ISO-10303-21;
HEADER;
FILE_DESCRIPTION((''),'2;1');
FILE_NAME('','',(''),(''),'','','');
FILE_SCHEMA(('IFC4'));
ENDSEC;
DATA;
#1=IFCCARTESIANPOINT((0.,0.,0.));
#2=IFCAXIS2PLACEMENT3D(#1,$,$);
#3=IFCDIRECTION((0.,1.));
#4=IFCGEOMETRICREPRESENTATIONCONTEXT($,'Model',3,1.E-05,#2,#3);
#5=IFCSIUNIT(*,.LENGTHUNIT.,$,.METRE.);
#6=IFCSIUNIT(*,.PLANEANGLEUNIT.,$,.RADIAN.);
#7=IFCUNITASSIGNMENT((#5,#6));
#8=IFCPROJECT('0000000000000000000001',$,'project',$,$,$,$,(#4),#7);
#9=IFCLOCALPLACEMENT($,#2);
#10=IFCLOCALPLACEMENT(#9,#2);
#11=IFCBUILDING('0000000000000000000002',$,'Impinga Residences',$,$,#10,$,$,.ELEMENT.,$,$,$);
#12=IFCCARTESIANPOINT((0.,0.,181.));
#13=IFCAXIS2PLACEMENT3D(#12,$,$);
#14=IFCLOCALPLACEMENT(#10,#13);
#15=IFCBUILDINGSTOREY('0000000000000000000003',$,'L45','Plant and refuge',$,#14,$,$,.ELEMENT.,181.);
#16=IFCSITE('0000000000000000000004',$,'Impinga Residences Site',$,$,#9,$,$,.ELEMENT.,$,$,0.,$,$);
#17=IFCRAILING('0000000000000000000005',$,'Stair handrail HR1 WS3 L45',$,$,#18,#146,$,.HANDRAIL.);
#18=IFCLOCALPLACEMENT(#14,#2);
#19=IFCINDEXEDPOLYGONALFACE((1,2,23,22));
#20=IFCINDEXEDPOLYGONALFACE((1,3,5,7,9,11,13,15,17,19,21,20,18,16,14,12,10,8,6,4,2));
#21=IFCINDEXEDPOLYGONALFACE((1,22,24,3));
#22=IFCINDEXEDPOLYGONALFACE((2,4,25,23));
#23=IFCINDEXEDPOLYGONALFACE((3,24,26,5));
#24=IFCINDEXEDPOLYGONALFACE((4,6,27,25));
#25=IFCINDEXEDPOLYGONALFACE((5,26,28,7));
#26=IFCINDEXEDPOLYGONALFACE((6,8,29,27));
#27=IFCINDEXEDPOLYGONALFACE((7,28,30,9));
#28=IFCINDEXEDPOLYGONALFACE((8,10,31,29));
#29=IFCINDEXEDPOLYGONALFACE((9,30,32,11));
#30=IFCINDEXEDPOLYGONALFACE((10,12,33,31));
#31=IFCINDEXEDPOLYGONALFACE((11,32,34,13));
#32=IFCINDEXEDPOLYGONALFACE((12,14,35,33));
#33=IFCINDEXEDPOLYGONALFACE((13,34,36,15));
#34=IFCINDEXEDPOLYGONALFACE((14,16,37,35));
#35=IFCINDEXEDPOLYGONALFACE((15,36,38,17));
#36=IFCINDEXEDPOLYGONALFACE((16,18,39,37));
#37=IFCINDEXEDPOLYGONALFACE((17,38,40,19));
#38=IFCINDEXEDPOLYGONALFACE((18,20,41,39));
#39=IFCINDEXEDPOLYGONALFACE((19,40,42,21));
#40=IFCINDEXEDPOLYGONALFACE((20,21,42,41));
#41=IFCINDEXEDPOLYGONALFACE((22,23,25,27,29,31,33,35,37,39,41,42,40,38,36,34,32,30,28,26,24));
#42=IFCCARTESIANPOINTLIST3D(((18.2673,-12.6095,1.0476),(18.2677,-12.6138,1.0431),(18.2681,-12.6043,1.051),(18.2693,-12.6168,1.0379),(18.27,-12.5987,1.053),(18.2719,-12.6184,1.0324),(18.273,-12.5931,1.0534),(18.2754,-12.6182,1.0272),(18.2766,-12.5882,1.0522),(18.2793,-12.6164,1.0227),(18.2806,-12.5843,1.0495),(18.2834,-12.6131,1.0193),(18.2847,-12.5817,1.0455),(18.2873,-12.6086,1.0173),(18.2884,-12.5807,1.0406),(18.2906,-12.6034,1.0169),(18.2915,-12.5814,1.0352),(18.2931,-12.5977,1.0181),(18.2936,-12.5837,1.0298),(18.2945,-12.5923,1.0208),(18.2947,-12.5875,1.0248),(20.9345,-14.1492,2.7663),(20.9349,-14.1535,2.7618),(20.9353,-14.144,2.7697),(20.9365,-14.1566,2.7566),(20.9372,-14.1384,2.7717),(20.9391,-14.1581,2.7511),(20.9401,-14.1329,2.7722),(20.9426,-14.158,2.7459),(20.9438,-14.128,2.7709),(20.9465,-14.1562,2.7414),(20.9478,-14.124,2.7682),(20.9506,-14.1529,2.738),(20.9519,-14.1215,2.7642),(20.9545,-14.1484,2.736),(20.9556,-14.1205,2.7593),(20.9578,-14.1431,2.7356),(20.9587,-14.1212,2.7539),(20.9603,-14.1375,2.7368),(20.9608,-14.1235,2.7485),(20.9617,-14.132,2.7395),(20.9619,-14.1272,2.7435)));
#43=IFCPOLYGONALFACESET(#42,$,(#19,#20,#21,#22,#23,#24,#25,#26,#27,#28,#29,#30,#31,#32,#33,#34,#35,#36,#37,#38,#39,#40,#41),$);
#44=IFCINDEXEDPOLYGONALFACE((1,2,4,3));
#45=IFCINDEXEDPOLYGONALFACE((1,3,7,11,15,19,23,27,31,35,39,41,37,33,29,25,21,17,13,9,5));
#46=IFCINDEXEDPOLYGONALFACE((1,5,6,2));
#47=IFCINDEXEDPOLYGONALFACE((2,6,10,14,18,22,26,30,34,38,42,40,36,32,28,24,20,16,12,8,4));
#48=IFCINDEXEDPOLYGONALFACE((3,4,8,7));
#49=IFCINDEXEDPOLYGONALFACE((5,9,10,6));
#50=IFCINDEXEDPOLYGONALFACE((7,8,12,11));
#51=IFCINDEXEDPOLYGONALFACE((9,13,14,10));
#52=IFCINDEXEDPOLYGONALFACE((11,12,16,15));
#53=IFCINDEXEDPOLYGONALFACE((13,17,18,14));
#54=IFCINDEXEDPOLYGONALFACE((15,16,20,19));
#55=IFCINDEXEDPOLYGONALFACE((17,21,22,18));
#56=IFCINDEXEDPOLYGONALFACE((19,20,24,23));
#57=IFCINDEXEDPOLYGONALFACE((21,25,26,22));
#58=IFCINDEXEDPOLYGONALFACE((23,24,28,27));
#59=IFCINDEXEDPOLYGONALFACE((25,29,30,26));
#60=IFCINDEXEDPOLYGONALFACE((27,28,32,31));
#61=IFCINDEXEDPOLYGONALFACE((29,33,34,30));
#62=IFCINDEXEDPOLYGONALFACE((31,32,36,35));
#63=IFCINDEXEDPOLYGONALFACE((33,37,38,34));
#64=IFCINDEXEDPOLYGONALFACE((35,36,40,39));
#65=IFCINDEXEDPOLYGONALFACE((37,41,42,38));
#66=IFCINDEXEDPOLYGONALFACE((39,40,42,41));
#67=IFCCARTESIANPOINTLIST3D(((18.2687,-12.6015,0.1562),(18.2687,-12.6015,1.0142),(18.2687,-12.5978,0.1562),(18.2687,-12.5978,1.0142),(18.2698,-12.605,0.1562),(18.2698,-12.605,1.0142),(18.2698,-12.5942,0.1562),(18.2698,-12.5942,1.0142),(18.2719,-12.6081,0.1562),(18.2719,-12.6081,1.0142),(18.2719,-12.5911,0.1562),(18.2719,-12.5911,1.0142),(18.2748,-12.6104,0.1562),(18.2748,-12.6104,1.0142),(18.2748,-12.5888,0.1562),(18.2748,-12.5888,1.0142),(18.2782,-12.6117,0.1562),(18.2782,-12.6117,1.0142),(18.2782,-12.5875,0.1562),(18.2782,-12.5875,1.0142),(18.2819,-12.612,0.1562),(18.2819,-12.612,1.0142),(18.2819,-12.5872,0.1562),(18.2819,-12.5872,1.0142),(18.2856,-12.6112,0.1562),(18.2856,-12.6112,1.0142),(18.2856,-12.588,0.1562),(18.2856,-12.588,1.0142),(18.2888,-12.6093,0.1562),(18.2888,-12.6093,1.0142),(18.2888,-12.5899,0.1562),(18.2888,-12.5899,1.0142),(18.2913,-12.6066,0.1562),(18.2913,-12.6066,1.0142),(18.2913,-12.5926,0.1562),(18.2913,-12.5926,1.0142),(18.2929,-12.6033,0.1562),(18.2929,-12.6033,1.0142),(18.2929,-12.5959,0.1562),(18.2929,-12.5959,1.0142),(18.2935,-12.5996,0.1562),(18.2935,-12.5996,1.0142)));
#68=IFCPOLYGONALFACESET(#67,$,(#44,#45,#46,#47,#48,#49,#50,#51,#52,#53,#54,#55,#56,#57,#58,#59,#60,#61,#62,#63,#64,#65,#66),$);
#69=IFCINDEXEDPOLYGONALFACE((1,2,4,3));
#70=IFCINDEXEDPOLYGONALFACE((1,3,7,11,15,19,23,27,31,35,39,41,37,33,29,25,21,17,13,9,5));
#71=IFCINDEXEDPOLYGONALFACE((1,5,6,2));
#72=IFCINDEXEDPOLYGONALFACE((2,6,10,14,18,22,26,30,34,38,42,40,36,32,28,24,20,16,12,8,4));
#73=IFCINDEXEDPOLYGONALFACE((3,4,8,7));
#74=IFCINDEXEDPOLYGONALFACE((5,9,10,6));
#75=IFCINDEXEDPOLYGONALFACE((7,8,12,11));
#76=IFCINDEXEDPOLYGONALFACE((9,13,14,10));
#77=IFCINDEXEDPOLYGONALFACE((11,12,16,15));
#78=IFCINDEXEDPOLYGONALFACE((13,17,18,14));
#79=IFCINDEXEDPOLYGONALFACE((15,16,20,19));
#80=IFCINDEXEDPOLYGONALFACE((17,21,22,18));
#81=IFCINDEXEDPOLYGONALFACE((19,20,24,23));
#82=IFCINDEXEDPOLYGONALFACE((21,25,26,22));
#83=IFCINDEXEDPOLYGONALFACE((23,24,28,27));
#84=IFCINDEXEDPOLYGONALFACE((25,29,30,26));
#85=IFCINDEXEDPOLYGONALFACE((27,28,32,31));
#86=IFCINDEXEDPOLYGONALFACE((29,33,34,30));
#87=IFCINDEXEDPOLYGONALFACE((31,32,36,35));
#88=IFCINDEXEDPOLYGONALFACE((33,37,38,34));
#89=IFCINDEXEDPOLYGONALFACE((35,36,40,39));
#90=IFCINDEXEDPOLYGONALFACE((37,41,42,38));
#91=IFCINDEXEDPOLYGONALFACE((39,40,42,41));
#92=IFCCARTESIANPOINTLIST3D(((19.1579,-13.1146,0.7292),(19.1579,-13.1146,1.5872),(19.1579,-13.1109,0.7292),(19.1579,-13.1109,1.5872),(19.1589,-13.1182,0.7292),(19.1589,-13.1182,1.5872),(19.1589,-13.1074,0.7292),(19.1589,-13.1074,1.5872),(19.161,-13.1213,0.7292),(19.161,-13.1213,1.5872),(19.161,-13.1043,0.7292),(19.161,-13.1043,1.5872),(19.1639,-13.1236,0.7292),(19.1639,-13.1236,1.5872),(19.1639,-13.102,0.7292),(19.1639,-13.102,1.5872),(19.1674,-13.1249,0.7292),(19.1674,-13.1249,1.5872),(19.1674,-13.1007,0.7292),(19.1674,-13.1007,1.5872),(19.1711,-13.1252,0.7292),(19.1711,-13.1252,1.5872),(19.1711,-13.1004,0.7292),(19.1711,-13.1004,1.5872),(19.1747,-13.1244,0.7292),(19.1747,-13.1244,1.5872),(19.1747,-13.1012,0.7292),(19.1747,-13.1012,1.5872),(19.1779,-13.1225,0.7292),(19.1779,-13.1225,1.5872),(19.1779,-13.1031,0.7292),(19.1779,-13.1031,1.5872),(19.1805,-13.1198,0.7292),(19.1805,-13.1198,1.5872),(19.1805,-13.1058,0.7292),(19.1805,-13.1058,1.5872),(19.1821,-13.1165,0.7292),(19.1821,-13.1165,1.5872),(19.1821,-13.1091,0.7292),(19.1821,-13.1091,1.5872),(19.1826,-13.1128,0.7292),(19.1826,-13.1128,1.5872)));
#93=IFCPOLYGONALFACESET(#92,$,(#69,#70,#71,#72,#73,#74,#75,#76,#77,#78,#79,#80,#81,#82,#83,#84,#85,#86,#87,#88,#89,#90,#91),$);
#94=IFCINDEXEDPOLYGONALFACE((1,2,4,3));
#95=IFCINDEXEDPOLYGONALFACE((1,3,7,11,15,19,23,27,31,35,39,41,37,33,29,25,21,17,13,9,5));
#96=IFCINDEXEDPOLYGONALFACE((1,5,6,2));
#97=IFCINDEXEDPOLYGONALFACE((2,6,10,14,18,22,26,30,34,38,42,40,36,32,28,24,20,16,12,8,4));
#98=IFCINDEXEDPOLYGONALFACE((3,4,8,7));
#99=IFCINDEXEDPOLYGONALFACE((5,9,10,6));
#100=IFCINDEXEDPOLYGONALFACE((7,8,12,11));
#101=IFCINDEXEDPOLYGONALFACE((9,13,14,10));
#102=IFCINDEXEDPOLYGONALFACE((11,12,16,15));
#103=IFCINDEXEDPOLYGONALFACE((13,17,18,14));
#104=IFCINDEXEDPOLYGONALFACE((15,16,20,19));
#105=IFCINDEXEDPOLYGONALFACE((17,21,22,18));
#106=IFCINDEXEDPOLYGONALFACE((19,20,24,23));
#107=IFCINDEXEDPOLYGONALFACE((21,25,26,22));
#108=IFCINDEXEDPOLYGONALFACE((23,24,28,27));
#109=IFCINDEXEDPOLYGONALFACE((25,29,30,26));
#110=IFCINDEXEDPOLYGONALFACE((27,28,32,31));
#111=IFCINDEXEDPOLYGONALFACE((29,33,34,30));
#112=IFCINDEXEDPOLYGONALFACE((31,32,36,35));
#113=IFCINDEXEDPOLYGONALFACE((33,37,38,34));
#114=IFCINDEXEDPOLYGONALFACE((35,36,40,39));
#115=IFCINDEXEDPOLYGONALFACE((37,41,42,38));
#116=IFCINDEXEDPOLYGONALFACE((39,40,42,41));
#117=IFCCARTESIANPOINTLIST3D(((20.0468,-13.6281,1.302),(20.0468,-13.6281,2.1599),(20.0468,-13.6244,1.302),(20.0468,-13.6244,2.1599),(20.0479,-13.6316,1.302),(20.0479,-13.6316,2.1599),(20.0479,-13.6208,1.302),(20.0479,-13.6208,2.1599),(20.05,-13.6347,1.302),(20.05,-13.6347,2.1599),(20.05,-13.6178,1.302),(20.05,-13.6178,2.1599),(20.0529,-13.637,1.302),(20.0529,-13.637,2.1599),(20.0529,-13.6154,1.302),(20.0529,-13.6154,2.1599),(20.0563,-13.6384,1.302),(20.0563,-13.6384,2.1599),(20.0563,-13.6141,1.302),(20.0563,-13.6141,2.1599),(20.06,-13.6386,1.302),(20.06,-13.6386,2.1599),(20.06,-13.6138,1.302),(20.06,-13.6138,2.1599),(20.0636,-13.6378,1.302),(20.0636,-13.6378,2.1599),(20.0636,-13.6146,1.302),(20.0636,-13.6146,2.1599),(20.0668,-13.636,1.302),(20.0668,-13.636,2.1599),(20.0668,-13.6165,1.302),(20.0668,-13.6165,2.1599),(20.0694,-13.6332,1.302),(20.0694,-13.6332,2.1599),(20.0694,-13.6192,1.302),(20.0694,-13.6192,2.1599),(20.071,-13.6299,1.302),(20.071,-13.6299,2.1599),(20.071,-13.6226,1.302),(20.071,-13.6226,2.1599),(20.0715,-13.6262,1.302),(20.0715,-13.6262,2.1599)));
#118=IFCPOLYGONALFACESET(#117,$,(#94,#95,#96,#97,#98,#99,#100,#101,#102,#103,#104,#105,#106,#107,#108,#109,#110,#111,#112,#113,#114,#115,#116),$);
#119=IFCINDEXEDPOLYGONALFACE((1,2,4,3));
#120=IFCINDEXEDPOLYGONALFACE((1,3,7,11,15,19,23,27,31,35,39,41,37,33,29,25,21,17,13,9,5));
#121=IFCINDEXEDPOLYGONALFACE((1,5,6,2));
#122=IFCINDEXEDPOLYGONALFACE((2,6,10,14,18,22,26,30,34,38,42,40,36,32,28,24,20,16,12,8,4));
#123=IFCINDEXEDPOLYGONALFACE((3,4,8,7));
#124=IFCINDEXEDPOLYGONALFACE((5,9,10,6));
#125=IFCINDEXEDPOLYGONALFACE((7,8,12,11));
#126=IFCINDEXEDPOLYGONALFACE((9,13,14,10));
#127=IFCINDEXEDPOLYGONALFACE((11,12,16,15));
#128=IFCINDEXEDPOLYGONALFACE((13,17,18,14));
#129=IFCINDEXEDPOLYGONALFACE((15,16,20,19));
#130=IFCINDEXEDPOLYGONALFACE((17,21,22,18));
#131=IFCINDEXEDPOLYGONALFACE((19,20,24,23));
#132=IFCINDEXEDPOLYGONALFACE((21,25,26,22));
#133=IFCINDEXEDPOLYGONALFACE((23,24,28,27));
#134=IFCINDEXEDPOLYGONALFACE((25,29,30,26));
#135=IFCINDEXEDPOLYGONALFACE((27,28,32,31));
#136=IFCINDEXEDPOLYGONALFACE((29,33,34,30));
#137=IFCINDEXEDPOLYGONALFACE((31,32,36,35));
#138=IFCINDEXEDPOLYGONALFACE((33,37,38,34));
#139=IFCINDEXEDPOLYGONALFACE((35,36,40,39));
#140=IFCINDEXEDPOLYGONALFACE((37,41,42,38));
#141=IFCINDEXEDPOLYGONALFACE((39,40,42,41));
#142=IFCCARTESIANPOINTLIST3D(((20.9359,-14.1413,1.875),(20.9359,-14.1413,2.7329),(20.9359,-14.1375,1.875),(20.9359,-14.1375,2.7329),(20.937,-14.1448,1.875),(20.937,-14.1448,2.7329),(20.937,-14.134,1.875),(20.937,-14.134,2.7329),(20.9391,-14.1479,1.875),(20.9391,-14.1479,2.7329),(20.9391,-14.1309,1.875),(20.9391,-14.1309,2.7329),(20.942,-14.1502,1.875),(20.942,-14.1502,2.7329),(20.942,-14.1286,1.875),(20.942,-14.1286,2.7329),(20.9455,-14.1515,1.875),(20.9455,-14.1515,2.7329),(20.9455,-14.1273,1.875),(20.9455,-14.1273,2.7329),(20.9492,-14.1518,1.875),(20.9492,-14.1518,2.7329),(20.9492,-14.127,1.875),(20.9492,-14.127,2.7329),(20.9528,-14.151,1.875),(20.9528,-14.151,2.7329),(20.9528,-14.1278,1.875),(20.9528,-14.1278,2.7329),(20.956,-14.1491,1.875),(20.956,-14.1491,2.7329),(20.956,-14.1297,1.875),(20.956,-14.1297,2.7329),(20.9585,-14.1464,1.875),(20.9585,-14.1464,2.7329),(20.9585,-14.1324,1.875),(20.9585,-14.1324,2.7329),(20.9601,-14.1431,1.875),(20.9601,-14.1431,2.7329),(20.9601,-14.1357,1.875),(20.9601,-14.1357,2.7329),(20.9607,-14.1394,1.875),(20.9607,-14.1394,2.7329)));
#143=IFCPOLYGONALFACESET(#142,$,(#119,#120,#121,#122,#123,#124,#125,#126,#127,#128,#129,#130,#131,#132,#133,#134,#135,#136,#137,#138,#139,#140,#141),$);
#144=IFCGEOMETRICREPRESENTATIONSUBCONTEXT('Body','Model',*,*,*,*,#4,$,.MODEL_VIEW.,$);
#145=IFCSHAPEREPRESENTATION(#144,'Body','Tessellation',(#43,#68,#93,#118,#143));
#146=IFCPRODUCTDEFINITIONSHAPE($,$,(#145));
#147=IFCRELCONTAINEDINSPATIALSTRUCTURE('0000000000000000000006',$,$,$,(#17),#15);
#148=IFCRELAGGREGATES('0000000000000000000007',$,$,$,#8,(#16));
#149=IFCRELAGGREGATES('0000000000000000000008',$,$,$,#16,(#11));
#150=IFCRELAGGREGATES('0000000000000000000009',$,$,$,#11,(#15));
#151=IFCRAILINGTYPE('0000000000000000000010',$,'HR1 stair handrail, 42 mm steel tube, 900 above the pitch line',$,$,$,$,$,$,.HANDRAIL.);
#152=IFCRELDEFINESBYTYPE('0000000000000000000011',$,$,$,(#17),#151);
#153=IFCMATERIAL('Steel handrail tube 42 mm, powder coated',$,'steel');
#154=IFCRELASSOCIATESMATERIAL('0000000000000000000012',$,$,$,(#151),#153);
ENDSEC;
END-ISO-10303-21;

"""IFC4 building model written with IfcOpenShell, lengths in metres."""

from ifc_helpers import new_model, si_unit, direction, frame, origin, origin_2d, place, context, subcontext, project, spatial, circle, extrude, material, type_object, element, save


model = new_model("IFC4")

# Units and contexts
model_context = context("Model", 3, precision=1e-05, world=origin(), true_north=direction((0.0, 1.0)))
body_context = subcontext(model_context, "Body", "Model", "MODEL_VIEW")
ifc_project = project(units=[si_unit("LENGTHUNIT", "METRE"), si_unit("PLANEANGLEUNIT", "RADIAN")], contexts=[model_context])

# Site, building, storey
site_placement = place(None, origin())
site = spatial("IfcSite", under=ifc_project, at=site_placement, Name="Impinga Residences Site", CompositionType="ELEMENT", RefElevation=0.0)
building_placement = place(site_placement, origin())
building = spatial("IfcBuilding", under=site, at=building_placement, Name="Impinga Residences", CompositionType="ELEMENT")
storey_placement = place(building_placement, frame((0.0, 0.0, 181.0)))
storey = spatial("IfcBuildingStorey", under=building, at=storey_placement, Name="L45", Description="Plant and refuge", CompositionType="ELEMENT", Elevation=181.0)

# Railing
ifc_material_1 = material(Name="Steel handrail tube 42 mm, powder coated", Category="steel")
railing_type_1 = type_object("IfcRailingType", Name="HR1 stair handrail, 42 mm steel tube, 900 above the pitch line", PredefinedType="HANDRAIL", material=ifc_material_1)
railing_1_placement = place(storey_placement, frame((18.281, -12.5996, 0.1562)))
element("IfcRailing", 1, at=railing_1_placement, inside=storey, type_object=railing_type_1, Name="Stair handrail HR1 WS3 L45", PredefinedType="HANDRAIL", context=body_context, shape_type="SweptSolid", body=[
    extrude(circle(Radius=0.021, at=origin_2d()), frame((0.0, 0.0, 0.8789), z_axis=(0.756249, -0.436582, 0.487322), x_axis=(0.499967, 0.866044, 0.0)), (0.0, 0.0, 1.0), 3.5269),
    extrude(circle(Radius=0.0125, at=origin_2d()), origin(), (0.0, 0.0, 1.0), 0.8579),
    extrude(circle(Radius=0.0125, at=origin_2d()), frame((0.8892, -0.5132, 0.573)), (0.0, 0.0, 1.0), 0.8579),
    extrude(circle(Radius=0.0125, at=origin_2d()), frame((1.7781, -1.0266, 1.1458)), (0.0, 0.0, 1.0), 0.8579),
    extrude(circle(Radius=0.0125, at=origin_2d()), frame((2.6672, -1.5398, 1.7188)), (0.0, 0.0, 1.0), 0.8579),
])

save(model, "model.ifc")
